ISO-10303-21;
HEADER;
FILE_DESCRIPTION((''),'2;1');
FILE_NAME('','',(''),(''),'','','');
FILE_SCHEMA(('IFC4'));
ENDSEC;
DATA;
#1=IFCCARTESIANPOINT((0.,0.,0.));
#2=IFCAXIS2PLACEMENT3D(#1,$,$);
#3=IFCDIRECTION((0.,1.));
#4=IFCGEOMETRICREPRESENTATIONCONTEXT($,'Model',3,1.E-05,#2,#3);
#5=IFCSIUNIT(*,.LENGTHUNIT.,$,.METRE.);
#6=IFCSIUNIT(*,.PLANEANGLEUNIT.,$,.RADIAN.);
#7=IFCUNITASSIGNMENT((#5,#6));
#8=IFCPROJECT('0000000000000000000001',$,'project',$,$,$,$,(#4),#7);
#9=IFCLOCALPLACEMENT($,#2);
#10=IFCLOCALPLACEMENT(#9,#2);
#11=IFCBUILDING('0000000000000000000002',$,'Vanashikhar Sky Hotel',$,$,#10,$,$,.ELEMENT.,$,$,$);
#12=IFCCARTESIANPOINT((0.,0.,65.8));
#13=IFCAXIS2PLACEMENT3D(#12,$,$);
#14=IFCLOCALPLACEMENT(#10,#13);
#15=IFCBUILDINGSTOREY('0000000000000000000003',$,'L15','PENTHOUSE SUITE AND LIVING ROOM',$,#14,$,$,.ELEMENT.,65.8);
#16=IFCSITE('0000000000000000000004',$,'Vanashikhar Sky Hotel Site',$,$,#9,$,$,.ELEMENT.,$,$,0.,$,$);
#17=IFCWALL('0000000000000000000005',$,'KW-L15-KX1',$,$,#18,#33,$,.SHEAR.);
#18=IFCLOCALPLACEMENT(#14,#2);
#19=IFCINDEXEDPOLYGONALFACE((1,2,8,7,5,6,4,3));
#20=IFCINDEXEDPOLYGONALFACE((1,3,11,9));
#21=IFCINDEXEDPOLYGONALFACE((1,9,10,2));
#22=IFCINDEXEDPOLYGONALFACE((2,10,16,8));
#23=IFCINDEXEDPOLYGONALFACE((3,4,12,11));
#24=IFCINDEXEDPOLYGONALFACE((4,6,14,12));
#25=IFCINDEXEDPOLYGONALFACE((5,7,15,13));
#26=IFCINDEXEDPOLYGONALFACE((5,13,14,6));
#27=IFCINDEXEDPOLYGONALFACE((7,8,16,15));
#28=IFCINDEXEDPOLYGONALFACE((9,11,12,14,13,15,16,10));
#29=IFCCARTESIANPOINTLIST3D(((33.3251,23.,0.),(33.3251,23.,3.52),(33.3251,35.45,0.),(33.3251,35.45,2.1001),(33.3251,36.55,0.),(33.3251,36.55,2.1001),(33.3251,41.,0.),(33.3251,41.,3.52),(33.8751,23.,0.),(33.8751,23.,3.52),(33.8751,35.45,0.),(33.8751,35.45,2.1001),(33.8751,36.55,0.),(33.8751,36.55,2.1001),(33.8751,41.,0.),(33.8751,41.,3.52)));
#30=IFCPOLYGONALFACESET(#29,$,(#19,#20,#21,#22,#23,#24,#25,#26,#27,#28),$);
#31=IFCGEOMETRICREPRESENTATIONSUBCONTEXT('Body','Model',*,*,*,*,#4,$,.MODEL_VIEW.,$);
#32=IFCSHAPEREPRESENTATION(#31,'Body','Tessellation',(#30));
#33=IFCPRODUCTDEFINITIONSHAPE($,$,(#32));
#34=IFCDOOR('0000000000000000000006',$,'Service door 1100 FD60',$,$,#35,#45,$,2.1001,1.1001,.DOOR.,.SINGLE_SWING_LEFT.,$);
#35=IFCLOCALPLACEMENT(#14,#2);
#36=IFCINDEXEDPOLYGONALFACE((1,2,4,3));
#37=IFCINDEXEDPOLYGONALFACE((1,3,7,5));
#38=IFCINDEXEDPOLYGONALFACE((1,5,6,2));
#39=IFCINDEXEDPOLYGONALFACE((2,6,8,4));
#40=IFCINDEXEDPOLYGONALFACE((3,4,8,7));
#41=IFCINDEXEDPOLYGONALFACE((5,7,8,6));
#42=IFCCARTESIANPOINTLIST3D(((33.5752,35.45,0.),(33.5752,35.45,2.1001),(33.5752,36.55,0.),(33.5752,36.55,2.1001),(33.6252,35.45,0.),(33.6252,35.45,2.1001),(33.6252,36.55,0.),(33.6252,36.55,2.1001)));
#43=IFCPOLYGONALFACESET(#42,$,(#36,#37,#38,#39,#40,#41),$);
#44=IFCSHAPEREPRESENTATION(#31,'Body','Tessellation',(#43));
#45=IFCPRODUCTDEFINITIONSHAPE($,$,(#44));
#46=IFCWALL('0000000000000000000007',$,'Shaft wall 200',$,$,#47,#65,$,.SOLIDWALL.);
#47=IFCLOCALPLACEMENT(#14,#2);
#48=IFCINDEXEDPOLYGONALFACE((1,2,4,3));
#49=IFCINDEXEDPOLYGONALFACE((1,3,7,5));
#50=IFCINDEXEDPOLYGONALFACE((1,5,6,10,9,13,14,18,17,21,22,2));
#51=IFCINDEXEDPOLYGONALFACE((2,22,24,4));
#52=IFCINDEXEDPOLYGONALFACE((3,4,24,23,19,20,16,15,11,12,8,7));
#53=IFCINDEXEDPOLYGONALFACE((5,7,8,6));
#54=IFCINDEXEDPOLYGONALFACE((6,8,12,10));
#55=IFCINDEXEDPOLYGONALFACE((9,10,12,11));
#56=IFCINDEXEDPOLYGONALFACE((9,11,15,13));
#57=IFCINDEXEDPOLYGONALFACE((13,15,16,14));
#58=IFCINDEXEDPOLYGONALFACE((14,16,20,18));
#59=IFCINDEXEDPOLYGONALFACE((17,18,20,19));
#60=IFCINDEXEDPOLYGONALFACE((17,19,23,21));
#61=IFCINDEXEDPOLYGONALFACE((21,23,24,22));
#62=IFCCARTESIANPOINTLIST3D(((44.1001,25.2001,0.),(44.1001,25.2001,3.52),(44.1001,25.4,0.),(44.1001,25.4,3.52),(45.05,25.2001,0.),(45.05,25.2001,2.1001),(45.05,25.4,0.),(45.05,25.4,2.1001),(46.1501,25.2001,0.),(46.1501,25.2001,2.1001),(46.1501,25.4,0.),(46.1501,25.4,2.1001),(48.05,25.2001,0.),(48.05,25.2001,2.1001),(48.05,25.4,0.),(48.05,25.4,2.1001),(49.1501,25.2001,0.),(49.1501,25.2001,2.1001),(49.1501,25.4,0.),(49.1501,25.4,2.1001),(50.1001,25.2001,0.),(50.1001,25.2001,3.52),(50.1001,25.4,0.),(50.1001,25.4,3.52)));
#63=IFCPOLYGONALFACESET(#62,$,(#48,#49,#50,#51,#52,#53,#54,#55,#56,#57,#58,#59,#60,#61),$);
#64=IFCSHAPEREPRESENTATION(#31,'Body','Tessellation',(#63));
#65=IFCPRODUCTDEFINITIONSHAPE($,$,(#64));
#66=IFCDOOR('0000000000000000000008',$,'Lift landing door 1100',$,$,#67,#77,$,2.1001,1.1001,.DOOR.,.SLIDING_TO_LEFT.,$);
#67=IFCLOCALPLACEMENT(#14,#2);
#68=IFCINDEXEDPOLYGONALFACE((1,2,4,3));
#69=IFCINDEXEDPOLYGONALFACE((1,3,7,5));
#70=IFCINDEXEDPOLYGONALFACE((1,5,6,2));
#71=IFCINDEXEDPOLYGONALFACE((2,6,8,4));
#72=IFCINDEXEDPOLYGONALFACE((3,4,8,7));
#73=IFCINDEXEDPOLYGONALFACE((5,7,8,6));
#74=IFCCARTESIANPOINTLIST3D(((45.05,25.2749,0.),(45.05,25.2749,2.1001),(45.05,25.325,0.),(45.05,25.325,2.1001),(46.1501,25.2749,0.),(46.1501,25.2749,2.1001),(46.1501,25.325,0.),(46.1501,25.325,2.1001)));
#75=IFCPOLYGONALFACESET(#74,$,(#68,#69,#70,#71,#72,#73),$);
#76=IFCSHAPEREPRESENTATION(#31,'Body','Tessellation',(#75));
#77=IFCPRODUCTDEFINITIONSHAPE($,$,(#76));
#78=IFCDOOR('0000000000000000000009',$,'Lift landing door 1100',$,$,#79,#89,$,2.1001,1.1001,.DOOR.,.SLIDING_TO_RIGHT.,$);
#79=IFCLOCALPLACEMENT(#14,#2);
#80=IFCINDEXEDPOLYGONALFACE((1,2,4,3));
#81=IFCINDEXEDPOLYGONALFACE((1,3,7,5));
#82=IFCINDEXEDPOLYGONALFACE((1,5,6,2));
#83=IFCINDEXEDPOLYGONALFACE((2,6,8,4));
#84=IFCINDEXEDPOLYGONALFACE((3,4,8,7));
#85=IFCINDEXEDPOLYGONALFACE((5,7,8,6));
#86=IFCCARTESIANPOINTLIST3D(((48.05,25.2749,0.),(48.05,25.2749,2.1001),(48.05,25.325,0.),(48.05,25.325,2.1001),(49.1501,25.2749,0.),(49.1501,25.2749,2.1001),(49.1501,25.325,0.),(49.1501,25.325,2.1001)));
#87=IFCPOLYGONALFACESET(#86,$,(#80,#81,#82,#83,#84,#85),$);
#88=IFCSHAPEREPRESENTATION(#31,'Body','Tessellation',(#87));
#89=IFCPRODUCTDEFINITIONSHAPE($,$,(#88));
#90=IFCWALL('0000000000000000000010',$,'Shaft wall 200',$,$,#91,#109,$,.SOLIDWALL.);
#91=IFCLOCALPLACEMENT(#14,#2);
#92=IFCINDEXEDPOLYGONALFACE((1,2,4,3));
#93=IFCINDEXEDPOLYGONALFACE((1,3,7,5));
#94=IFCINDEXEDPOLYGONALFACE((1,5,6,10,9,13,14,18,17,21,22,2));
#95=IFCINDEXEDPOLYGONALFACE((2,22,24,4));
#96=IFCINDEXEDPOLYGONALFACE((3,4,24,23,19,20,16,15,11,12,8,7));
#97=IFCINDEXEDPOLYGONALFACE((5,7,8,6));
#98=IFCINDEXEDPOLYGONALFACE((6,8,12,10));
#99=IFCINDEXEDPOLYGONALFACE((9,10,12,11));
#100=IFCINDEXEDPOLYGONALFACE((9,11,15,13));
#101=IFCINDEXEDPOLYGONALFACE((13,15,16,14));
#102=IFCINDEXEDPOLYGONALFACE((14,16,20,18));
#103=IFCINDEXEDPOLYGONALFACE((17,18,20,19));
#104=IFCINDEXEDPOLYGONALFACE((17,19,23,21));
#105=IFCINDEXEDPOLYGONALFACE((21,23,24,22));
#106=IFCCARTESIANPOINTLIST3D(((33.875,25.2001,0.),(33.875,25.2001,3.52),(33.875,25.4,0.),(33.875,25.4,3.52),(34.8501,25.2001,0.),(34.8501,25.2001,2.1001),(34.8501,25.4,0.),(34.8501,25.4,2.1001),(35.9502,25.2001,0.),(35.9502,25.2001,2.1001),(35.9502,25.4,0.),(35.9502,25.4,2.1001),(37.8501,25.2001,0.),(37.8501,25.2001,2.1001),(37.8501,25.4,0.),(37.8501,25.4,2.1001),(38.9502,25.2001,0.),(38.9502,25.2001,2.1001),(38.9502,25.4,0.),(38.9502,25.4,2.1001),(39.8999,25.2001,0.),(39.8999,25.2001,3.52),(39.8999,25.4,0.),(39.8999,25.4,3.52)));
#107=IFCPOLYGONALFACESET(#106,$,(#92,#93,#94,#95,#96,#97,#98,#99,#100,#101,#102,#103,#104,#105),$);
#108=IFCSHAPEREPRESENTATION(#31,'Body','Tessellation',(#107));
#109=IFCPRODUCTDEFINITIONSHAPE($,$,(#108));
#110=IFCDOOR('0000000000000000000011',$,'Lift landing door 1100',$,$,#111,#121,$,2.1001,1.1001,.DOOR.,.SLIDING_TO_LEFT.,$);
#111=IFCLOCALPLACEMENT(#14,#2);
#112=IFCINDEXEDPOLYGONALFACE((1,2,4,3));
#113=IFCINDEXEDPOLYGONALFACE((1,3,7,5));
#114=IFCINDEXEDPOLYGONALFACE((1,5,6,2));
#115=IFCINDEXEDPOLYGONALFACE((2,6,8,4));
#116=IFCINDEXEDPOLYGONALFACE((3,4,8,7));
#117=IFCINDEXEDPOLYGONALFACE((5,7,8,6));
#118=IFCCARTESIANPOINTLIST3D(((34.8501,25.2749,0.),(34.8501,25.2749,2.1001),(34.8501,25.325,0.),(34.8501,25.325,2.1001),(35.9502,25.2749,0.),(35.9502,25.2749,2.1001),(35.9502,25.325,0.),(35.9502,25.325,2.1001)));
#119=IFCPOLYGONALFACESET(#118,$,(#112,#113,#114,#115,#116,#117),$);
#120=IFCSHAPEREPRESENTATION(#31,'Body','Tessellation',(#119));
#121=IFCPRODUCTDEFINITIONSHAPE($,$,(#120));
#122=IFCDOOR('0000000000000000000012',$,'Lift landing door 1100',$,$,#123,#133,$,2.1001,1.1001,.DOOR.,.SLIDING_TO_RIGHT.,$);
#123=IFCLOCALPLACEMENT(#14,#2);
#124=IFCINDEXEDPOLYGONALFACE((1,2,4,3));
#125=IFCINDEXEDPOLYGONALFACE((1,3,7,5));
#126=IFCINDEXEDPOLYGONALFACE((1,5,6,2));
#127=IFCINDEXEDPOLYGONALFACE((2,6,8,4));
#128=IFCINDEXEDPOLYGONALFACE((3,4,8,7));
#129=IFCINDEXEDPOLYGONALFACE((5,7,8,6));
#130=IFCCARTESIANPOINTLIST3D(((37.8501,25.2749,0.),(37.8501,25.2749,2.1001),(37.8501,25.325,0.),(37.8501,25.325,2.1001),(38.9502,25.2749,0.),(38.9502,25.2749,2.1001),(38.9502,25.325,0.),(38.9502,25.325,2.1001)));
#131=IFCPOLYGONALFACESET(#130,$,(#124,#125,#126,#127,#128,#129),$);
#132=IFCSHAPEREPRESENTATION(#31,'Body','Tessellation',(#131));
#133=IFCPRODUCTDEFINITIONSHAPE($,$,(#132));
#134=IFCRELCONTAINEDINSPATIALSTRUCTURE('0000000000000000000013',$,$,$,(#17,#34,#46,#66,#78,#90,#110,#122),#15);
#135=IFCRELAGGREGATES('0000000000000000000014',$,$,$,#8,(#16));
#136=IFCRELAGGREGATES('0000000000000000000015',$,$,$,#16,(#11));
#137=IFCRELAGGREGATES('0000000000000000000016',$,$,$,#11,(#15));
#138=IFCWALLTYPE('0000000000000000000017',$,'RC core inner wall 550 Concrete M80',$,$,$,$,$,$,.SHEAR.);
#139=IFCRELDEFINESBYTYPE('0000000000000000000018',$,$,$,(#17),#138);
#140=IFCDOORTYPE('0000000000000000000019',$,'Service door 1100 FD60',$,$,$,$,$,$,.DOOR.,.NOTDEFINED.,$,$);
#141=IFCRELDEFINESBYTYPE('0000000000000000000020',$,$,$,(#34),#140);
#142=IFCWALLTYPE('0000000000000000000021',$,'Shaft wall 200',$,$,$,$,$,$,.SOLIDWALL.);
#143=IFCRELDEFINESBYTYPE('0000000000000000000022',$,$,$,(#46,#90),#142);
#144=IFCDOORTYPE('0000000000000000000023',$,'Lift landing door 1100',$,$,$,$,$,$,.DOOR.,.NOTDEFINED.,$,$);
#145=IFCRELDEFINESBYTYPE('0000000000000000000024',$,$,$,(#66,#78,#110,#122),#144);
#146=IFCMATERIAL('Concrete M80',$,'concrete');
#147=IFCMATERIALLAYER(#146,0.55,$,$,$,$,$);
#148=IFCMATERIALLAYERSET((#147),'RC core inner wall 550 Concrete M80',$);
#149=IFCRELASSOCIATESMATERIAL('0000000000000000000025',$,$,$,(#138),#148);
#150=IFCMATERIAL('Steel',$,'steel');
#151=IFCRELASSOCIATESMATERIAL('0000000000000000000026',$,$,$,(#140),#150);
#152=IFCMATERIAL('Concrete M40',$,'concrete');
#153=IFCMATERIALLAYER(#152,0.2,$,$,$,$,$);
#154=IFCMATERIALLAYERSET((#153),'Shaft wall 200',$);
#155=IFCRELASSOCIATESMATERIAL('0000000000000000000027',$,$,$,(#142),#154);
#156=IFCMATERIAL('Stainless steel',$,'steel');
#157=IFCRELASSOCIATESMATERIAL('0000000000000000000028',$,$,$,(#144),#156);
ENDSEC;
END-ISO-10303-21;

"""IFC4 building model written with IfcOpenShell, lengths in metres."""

from ifc_helpers import new_model, si_unit, direction, frame, frame_2d, origin, place, context, subcontext, project, spatial, rectangle, extrude, source, transform, mapped, material, layer, layer_set, type_object, element, fill, save


model = new_model("IFC4")

# Units and contexts
model_context = context("Model", 3, precision=1e-05, world=origin(), true_north=direction((0.0, 1.0)))
body_context = subcontext(model_context, "Body", "Model", "MODEL_VIEW")
ifc_project = project(units=[si_unit("LENGTHUNIT", "METRE"), si_unit("PLANEANGLEUNIT", "RADIAN")], contexts=[model_context])

# Site, building, storey
site_placement = place(None, origin())
site = spatial("IfcSite", under=ifc_project, at=site_placement, Name="Vanashikhar Sky Hotel Site", CompositionType="ELEMENT", RefElevation=0.0)
building_placement = place(site_placement, origin())
building = spatial("IfcBuilding", under=site, at=building_placement, Name="Vanashikhar Sky Hotel", CompositionType="ELEMENT")
storey_placement = place(building_placement, frame((0.0, 0.0, 65.8)))
storey = spatial("IfcBuildingStorey", under=building, at=storey_placement, Name="L15", Description="PENTHOUSE SUITE AND LIVING ROOM", CompositionType="ELEMENT", Elevation=65.8)

# Wall, opening, door
ifc_material_1 = material(Name="Concrete M80", Category="concrete")
ifc_layer_1 = layer(ifc_material_1, 0.55)
ifc_layer_set_1 = layer_set([ifc_layer_1], Name="RC core inner wall 550 Concrete M80")
wall_type_1 = type_object("IfcWallType", Name="RC core inner wall 550 Concrete M80", PredefinedType="SHEAR", material=ifc_layer_set_1)
shared_shape_1 = source(origin(), body_context, "Body", "SweptSolid", [
    extrude(rectangle(XDim=18.0, YDim=0.55, at=frame_2d((9.0, 0.0))), origin(), (0.0, 0.0, 1.0), 3.52),
])
wall_1_placement = place(storey_placement, frame((33.6001, 23.0, 0.0), z_axis=(0.0, 0.0, 1.0), x_axis=(0.0, 1.0, 0.0)))
wall_1 = element("IfcWall", 1, at=wall_1_placement, inside=storey, type_object=wall_type_1, Name="KW-L15-KX1", PredefinedType="SHEAR", context=body_context, shape_type="MappedRepresentation", body=[
    mapped(shared_shape_1, transform((0.0, 0.0, 0.0), scale=1.0)),
])
shared_shape_2 = source(origin(), body_context, "Body", "SweptSolid", [
    extrude(rectangle(XDim=1.1001, YDim=2.1001, at=frame_2d((0.55, 1.05))), frame((0.0, 0.2852, 0.0), z_axis=(0.0, -1.0, 0.0), x_axis=(1.0, 0.0, 0.0)), (0.0, 0.0, 1.0), 0.5701),
])
opening_1_placement = place(wall_1_placement, frame((12.45, 0.0, 0.0)))
opening_1 = element("IfcOpeningElement", 2, at=opening_1_placement, cuts=wall_1, PredefinedType="OPENING", context=body_context, shape_type="MappedRepresentation", body=[
    mapped(shared_shape_2, transform((0.0, 0.0, 0.0), scale=1.0)),
])
ifc_material_2 = material(Name="Steel", Category="steel")
door_type_1 = type_object("IfcDoorType", Name="Service door 1100 FD60", OperationType="NOTDEFINED", PredefinedType="DOOR", material=ifc_material_2)
shared_shape_3 = source(origin(), body_context, "Body", "SweptSolid", [
    extrude(rectangle(XDim=1.1001, YDim=2.1001, at=frame_2d((0.55, 1.05))), frame((0.0, 0.0249, 0.0), z_axis=(0.0, -1.0, 0.0), x_axis=(1.0, 0.0, 0.0)), (0.0, 0.0, 1.0), 0.05),
])
door_1_placement = place(opening_1_placement, origin())
door_1 = element("IfcDoor", 3, at=door_1_placement, inside=storey, type_object=door_type_1, Name="Service door 1100 FD60", OperationType="SINGLE_SWING_LEFT", OverallHeight=2.1001, OverallWidth=1.1001, PredefinedType="DOOR", context=body_context, shape_type="MappedRepresentation", body=[
    mapped(shared_shape_3, transform((0.0, 0.0, 0.0), scale=1.0)),
])
fill(opening_1, door_1)

# Walls, openings, doors
ifc_material_3 = material(Name="Concrete M40", Category="concrete")
ifc_layer_2 = layer(ifc_material_3, 0.2)
ifc_layer_set_2 = layer_set([ifc_layer_2], Name="Shaft wall 200")
wall_type_2 = type_object("IfcWallType", Name="Shaft wall 200", PredefinedType="SOLIDWALL", material=ifc_layer_set_2)
shared_shape_4 = source(origin(), body_context, "Body", "SweptSolid", [
    extrude(rectangle(XDim=6.0, YDim=0.2, at=frame_2d((3.0, 0.0))), origin(), (0.0, 0.0, 1.0), 3.52),
])
wall_2_placement = place(storey_placement, frame((44.1001, 25.3, 0.0), z_axis=(0.0, 0.0, 1.0), x_axis=(1.0, 0.0, 0.0)))
wall_2 = element("IfcWall", 4, at=wall_2_placement, inside=storey, type_object=wall_type_2, Name="Shaft wall 200", PredefinedType="SOLIDWALL", context=body_context, shape_type="MappedRepresentation", body=[
    mapped(shared_shape_4, transform((0.0, 0.0, 0.0), scale=1.0)),
])
shared_shape_5 = source(origin(), body_context, "Body", "SweptSolid", [
    extrude(rectangle(XDim=1.1001, YDim=2.1001, at=frame_2d((0.55, 1.05))), frame((0.0, 0.1099, 0.0), z_axis=(0.0, -1.0, 0.0), x_axis=(1.0, 0.0, 0.0)), (0.0, 0.0, 1.0), 0.22),
])
opening_2_placement = place(wall_2_placement, frame((0.95, 0.0, 0.0)))
opening_2 = element("IfcOpeningElement", 5, at=opening_2_placement, cuts=wall_2, PredefinedType="OPENING", context=body_context, shape_type="MappedRepresentation", body=[
    mapped(shared_shape_5, transform((0.0, 0.0, 0.0), scale=1.0)),
])
opening_3_placement = place(wall_2_placement, frame((3.95, 0.0, 0.0)))
opening_3 = element("IfcOpeningElement", 6, at=opening_3_placement, cuts=wall_2, PredefinedType="OPENING", context=body_context, shape_type="MappedRepresentation", body=[
    mapped(shared_shape_5, transform((0.0, 0.0, 0.0), scale=1.0)),
])
ifc_material_4 = material(Name="Stainless steel", Category="steel")
door_type_2 = type_object("IfcDoorType", Name="Lift landing door 1100", OperationType="NOTDEFINED", PredefinedType="DOOR", material=ifc_material_4)
door_2_placement = place(opening_2_placement, origin())
door_2 = element("IfcDoor", 7, at=door_2_placement, inside=storey, type_object=door_type_2, Name="Lift landing door 1100", OperationType="SLIDING_TO_LEFT", OverallHeight=2.1001, OverallWidth=1.1001, PredefinedType="DOOR", context=body_context, shape_type="MappedRepresentation", body=[
    mapped(shared_shape_3, transform((0.0, 0.0, 0.0), scale=1.0)),
])
fill(opening_2, door_2)
door_3_placement = place(opening_3_placement, origin())
door_3 = element("IfcDoor", 8, at=door_3_placement, inside=storey, type_object=door_type_2, Name="Lift landing door 1100", OperationType="SLIDING_TO_RIGHT", OverallHeight=2.1001, OverallWidth=1.1001, PredefinedType="DOOR", context=body_context, shape_type="MappedRepresentation", body=[
    mapped(shared_shape_3, transform((0.0, 0.0, 0.0), scale=1.0)),
])
fill(opening_3, door_3)
shared_shape_6 = source(origin(), body_context, "Body", "SweptSolid", [
    extrude(rectangle(XDim=6.0249, YDim=0.2, at=frame_2d((3.0125, 0.0))), origin(), (0.0, 0.0, 1.0), 3.52),
])
wall_3_placement = place(storey_placement, frame((33.875, 25.3, 0.0), z_axis=(0.0, 0.0, 1.0), x_axis=(1.0, 0.0, 0.0)))
wall_3 = element("IfcWall", 9, at=wall_3_placement, inside=storey, type_object=wall_type_2, Name="Shaft wall 200", PredefinedType="SOLIDWALL", context=body_context, shape_type="MappedRepresentation", body=[
    mapped(shared_shape_6, transform((0.0, 0.0, 0.0), scale=1.0)),
])
opening_4_placement = place(wall_3_placement, frame((0.9751, 0.0, 0.0)))
opening_4 = element("IfcOpeningElement", 10, at=opening_4_placement, cuts=wall_3, PredefinedType="OPENING", context=body_context, shape_type="MappedRepresentation", body=[
    mapped(shared_shape_5, transform((0.0, 0.0, 0.0), scale=1.0)),
])
opening_5_placement = place(wall_3_placement, frame((3.9751, 0.0, 0.0)))
opening_5 = element("IfcOpeningElement", 11, at=opening_5_placement, cuts=wall_3, PredefinedType="OPENING", context=body_context, shape_type="MappedRepresentation", body=[
    mapped(shared_shape_5, transform((0.0, 0.0, 0.0), scale=1.0)),
])
door_4_placement = place(opening_4_placement, origin())
door_4 = element("IfcDoor", 12, at=door_4_placement, inside=storey, type_object=door_type_2, Name="Lift landing door 1100", OperationType="SLIDING_TO_LEFT", OverallHeight=2.1001, OverallWidth=1.1001, PredefinedType="DOOR", context=body_context, shape_type="MappedRepresentation", body=[
    mapped(shared_shape_3, transform((0.0, 0.0, 0.0), scale=1.0)),
])
fill(opening_4, door_4)
door_5_placement = place(opening_5_placement, origin())
door_5 = element("IfcDoor", 13, at=door_5_placement, inside=storey, type_object=door_type_2, Name="Lift landing door 1100", OperationType="SLIDING_TO_RIGHT", OverallHeight=2.1001, OverallWidth=1.1001, PredefinedType="DOOR", context=body_context, shape_type="MappedRepresentation", body=[
    mapped(shared_shape_3, transform((0.0, 0.0, 0.0), scale=1.0)),
])
fill(opening_5, door_5)

save(model, "model.ifc")
